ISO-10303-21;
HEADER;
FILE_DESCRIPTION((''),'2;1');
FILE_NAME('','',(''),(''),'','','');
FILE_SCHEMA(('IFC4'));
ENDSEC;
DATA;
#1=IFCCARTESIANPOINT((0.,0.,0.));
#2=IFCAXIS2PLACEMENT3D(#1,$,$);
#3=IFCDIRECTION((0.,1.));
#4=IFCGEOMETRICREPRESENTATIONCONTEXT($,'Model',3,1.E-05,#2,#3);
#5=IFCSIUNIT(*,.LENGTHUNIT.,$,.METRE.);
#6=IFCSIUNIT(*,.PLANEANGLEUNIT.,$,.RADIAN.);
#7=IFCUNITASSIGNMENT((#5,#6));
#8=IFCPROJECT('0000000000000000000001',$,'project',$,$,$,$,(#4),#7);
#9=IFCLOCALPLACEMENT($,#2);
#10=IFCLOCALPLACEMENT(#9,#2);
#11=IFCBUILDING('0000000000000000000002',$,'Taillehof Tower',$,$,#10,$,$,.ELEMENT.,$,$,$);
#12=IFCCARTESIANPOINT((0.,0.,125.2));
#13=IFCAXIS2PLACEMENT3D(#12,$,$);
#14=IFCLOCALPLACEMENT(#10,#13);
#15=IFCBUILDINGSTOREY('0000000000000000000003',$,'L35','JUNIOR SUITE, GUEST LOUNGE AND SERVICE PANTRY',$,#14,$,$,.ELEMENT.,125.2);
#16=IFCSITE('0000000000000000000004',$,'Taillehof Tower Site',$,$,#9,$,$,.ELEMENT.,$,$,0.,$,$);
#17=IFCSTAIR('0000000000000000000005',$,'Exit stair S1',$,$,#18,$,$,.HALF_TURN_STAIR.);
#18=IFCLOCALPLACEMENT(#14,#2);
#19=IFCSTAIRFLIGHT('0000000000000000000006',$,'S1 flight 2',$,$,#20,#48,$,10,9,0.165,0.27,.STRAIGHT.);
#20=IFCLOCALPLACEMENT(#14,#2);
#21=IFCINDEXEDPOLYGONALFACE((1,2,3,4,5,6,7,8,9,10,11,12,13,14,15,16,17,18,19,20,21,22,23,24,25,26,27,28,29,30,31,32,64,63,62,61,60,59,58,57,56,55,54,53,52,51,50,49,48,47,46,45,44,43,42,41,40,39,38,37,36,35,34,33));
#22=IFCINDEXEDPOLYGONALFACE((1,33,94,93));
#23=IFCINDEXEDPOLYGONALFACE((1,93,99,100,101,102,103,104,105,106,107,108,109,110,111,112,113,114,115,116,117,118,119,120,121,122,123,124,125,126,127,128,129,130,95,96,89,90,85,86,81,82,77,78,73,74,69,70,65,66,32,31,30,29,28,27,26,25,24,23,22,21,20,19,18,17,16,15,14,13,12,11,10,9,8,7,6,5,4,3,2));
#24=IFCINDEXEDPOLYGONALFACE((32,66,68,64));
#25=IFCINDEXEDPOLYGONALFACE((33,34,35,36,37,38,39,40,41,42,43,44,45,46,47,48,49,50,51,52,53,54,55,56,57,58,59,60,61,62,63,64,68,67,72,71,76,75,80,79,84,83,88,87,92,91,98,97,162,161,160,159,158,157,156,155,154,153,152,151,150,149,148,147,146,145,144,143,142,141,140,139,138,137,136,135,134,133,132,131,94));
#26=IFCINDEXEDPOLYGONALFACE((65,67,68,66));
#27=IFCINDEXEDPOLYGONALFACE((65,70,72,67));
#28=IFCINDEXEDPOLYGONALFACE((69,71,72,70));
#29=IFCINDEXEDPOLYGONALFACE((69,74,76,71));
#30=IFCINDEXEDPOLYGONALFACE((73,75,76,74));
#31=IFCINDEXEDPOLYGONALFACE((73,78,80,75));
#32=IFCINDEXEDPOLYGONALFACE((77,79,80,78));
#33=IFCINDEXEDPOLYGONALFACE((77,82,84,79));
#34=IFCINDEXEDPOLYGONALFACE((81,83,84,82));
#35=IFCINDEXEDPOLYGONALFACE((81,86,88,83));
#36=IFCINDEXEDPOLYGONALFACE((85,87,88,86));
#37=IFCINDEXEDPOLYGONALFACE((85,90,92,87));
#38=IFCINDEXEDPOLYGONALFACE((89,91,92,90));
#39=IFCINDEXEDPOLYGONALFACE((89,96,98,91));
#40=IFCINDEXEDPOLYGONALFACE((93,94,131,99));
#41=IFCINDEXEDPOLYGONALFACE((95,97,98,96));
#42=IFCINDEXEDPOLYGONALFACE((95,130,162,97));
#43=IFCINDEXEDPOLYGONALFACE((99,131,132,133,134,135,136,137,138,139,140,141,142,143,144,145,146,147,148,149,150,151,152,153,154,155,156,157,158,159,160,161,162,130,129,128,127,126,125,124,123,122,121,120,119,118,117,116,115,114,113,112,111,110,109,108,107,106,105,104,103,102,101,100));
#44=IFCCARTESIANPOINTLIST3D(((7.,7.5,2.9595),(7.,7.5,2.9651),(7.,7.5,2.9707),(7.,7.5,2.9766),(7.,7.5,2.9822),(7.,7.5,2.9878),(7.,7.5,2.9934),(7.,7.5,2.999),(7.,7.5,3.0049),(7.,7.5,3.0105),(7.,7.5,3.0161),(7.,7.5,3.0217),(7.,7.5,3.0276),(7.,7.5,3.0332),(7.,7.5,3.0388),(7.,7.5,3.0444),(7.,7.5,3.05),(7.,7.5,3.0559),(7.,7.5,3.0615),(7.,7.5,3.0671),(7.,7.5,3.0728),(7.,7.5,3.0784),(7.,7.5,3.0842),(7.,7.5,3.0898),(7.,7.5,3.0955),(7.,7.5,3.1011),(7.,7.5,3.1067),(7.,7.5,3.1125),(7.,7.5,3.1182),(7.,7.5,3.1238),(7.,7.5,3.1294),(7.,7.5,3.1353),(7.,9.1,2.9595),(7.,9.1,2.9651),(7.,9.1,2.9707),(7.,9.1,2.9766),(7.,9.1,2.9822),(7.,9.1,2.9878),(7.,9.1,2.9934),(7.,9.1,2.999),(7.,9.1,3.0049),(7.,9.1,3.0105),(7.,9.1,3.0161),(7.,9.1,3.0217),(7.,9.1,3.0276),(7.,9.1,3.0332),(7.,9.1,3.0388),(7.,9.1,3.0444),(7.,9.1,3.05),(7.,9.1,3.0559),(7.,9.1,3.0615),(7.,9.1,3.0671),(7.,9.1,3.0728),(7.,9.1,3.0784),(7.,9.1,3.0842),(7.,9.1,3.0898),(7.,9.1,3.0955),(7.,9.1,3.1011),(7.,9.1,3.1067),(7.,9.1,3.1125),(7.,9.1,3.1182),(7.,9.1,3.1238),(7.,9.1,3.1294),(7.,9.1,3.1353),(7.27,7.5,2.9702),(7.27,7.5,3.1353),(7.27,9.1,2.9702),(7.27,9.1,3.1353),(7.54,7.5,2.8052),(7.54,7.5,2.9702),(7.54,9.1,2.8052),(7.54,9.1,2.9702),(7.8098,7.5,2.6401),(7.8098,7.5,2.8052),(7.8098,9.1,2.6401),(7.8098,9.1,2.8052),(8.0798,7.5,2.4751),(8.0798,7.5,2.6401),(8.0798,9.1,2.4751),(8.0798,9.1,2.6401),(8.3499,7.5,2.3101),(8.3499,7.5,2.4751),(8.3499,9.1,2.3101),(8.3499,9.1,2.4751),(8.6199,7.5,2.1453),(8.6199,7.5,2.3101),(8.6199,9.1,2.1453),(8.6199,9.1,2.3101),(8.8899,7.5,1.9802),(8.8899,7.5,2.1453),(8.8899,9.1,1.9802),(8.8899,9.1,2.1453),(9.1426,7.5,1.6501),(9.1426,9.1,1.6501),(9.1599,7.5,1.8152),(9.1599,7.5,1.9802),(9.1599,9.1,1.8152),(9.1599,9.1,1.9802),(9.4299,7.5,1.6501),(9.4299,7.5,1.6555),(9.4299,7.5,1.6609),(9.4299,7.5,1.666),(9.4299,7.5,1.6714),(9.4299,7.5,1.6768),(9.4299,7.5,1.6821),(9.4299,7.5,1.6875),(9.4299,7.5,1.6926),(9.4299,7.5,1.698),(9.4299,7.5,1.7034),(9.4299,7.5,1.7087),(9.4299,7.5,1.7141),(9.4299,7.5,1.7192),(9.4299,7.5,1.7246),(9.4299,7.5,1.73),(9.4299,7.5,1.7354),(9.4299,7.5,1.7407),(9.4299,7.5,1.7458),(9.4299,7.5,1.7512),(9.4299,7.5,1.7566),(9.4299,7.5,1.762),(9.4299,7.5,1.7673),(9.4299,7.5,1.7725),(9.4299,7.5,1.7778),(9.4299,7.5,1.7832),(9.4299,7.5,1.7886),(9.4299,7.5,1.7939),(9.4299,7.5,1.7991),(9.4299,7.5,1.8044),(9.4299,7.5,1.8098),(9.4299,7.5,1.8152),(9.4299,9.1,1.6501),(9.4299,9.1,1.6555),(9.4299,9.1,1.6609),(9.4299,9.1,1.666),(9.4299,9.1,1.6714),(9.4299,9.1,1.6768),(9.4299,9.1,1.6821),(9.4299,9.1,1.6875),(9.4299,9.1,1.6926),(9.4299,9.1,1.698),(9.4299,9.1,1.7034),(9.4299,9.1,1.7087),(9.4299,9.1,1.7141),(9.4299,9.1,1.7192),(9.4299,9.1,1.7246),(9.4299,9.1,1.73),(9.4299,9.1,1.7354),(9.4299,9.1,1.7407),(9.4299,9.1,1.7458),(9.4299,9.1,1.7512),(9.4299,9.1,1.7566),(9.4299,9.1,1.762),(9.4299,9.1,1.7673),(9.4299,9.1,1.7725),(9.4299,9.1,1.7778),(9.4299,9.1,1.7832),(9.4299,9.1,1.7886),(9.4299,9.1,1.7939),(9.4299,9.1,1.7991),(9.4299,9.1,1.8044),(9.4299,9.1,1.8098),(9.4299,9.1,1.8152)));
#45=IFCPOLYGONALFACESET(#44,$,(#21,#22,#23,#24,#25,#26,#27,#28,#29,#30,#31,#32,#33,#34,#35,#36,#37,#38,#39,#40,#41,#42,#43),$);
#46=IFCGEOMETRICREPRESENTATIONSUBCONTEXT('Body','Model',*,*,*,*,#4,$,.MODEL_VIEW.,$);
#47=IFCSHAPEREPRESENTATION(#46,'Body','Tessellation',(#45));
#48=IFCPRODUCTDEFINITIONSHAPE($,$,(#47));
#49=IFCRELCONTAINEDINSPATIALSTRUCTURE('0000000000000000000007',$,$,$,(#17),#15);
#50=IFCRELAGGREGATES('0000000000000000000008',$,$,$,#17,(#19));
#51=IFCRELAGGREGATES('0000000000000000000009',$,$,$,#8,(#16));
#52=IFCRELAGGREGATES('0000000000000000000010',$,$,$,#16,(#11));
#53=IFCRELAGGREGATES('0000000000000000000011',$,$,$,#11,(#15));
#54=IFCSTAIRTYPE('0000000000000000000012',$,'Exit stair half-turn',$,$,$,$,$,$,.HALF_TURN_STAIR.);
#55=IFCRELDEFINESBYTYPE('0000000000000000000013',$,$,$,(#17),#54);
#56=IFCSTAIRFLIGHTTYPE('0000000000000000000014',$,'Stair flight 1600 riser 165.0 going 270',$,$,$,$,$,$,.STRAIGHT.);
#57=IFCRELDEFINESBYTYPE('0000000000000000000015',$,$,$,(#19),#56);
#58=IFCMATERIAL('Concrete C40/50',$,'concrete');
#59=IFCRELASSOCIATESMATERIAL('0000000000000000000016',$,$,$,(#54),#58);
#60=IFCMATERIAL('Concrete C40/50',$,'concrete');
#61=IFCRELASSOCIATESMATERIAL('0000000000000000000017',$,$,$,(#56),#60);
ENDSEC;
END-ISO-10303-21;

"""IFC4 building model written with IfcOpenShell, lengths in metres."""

from ifc_helpers import new_model, si_unit, direction, frame, origin, place, context, subcontext, project, spatial, polyline, outline, extrude, material, type_object, element, aggregate, save


model = new_model("IFC4")

# Units and contexts
model_context = context("Model", 3, precision=1e-05, world=origin(), true_north=direction((0.0, 1.0)))
body_context = subcontext(model_context, "Body", "Model", "MODEL_VIEW")
ifc_project = project(units=[si_unit("LENGTHUNIT", "METRE"), si_unit("PLANEANGLEUNIT", "RADIAN")], contexts=[model_context])

# Site, building, storey
site_placement = place(None, origin())
site = spatial("IfcSite", under=ifc_project, at=site_placement, Name="Taillehof Tower Site", CompositionType="ELEMENT", RefElevation=0.0)
building_placement = place(site_placement, origin())
building = spatial("IfcBuilding", under=site, at=building_placement, Name="Taillehof Tower", CompositionType="ELEMENT")
storey_placement = place(building_placement, frame((0.0, 0.0, 125.2)))
storey = spatial("IfcBuildingStorey", under=building, at=storey_placement, Name="L35", Description="JUNIOR SUITE, GUEST LOUNGE AND SERVICE PANTRY", CompositionType="ELEMENT", Elevation=125.2)

# Stair, stair flight
ifc_material_1 = material(Name="Concrete C40/50", Category="concrete")
stair_type = type_object("IfcStairType", Name="Exit stair half-turn", PredefinedType="HALF_TURN_STAIR", material=ifc_material_1)
stair_placement = place(storey_placement, origin())
stair = element("IfcStair", 1, at=stair_placement, inside=storey, type_object=stair_type, Name="Exit stair S1", PredefinedType="HALF_TURN_STAIR")
ifc_material_2 = material(Name="Concrete C40/50", Category="concrete")
stair_flight_type = type_object("IfcStairFlightType", Name="Stair flight 1600 riser 165.0 going 270", PredefinedType="STRAIGHT", material=ifc_material_2)
stair_flight_placement = place(storey_placement, frame((9.4299, 8.3, 1.6501), z_axis=(0.0, 0.0, 1.0), x_axis=(-1.0, 0.0, 0.0)))
stair_flight = element("IfcStairFlight", 2, at=stair_flight_placement, type_object=stair_flight_type, Name="S1 flight 2", NumberOfRisers=10, NumberOfTreads=9, PredefinedType="STRAIGHT", RiserHeight=0.165, TreadLength=0.27, context=body_context, shape_type="SweptSolid", body=[
    extrude(outline(polyline([(0.0, 0.0), (0.0, 0.0054), (0.0, 0.0107), (0.0, 0.0159), (0.0, 0.0212), (0.0, 0.0266), (0.0, 0.032), (0.0, 0.0374), (0.0, 0.0425), (0.0, 0.0479), (0.0, 0.0532), (0.0, 0.0586), (0.0, 0.064), (0.0, 0.0691), (0.0, 0.0745), (0.0, 0.0798), (0.0, 0.0852), (0.0, 0.0906), (0.0, 0.0957), (0.0, 0.1011), (0.0, 0.1064), (0.0, 0.1118), (0.0, 0.1172), (0.0, 0.1223), (0.0, 0.1277), (0.0, 0.1331), (0.0, 0.1384), (0.0, 0.1438), (0.0, 0.1489), (0.0, 0.1543), (0.0, 0.1597), (0.0, 0.165), (0.27, 0.165), (0.27, 0.3301), (0.54, 0.3301), (0.54, 0.4951), (0.8101, 0.4951), (0.8101, 0.6599), (1.0801, 0.6599), (1.0801, 0.825), (1.3501, 0.825), (1.3501, 0.99), (1.6201, 0.99), (1.6201, 1.155), (1.8899, 1.155), (1.8899, 1.3201), (2.1599, 1.3201), (2.1599, 1.4851), (2.4299, 1.4851), (2.4299, 1.4792), (2.4299, 1.4736), (2.4299, 1.468), (2.4299, 1.4624), (2.4299, 1.4565), (2.4299, 1.4509), (2.4299, 1.4453), (2.4299, 1.4397), (2.4299, 1.4341), (2.4299, 1.4282), (2.4299, 1.4226), (2.4299, 1.417), (2.4299, 1.4114), (2.4299, 1.4058), (2.4299, 1.3999), (2.4299, 1.3943), (2.4299, 1.3887), (2.4299, 1.3831), (2.4299, 1.3774), (2.4299, 1.3716), (2.4299, 1.366), (2.4299, 1.3604), (2.4299, 1.3547), (2.4299, 1.3489), (2.4299, 1.3433), (2.4299, 1.3376), (2.4299, 1.332), (2.4299, 1.3264), (2.4299, 1.3206), (2.4299, 1.3149), (2.4299, 1.3093), (0.2874, 0.0), (0.0, 0.0)])), frame((0.0, 0.8, 0.0), z_axis=(0.0, -1.0, 0.0), x_axis=(1.0, 0.0, 0.0)), (0.0, 0.0, 1.0), 1.6),
])
aggregate(stair, [stair_flight])

save(model, "model.ifc")
